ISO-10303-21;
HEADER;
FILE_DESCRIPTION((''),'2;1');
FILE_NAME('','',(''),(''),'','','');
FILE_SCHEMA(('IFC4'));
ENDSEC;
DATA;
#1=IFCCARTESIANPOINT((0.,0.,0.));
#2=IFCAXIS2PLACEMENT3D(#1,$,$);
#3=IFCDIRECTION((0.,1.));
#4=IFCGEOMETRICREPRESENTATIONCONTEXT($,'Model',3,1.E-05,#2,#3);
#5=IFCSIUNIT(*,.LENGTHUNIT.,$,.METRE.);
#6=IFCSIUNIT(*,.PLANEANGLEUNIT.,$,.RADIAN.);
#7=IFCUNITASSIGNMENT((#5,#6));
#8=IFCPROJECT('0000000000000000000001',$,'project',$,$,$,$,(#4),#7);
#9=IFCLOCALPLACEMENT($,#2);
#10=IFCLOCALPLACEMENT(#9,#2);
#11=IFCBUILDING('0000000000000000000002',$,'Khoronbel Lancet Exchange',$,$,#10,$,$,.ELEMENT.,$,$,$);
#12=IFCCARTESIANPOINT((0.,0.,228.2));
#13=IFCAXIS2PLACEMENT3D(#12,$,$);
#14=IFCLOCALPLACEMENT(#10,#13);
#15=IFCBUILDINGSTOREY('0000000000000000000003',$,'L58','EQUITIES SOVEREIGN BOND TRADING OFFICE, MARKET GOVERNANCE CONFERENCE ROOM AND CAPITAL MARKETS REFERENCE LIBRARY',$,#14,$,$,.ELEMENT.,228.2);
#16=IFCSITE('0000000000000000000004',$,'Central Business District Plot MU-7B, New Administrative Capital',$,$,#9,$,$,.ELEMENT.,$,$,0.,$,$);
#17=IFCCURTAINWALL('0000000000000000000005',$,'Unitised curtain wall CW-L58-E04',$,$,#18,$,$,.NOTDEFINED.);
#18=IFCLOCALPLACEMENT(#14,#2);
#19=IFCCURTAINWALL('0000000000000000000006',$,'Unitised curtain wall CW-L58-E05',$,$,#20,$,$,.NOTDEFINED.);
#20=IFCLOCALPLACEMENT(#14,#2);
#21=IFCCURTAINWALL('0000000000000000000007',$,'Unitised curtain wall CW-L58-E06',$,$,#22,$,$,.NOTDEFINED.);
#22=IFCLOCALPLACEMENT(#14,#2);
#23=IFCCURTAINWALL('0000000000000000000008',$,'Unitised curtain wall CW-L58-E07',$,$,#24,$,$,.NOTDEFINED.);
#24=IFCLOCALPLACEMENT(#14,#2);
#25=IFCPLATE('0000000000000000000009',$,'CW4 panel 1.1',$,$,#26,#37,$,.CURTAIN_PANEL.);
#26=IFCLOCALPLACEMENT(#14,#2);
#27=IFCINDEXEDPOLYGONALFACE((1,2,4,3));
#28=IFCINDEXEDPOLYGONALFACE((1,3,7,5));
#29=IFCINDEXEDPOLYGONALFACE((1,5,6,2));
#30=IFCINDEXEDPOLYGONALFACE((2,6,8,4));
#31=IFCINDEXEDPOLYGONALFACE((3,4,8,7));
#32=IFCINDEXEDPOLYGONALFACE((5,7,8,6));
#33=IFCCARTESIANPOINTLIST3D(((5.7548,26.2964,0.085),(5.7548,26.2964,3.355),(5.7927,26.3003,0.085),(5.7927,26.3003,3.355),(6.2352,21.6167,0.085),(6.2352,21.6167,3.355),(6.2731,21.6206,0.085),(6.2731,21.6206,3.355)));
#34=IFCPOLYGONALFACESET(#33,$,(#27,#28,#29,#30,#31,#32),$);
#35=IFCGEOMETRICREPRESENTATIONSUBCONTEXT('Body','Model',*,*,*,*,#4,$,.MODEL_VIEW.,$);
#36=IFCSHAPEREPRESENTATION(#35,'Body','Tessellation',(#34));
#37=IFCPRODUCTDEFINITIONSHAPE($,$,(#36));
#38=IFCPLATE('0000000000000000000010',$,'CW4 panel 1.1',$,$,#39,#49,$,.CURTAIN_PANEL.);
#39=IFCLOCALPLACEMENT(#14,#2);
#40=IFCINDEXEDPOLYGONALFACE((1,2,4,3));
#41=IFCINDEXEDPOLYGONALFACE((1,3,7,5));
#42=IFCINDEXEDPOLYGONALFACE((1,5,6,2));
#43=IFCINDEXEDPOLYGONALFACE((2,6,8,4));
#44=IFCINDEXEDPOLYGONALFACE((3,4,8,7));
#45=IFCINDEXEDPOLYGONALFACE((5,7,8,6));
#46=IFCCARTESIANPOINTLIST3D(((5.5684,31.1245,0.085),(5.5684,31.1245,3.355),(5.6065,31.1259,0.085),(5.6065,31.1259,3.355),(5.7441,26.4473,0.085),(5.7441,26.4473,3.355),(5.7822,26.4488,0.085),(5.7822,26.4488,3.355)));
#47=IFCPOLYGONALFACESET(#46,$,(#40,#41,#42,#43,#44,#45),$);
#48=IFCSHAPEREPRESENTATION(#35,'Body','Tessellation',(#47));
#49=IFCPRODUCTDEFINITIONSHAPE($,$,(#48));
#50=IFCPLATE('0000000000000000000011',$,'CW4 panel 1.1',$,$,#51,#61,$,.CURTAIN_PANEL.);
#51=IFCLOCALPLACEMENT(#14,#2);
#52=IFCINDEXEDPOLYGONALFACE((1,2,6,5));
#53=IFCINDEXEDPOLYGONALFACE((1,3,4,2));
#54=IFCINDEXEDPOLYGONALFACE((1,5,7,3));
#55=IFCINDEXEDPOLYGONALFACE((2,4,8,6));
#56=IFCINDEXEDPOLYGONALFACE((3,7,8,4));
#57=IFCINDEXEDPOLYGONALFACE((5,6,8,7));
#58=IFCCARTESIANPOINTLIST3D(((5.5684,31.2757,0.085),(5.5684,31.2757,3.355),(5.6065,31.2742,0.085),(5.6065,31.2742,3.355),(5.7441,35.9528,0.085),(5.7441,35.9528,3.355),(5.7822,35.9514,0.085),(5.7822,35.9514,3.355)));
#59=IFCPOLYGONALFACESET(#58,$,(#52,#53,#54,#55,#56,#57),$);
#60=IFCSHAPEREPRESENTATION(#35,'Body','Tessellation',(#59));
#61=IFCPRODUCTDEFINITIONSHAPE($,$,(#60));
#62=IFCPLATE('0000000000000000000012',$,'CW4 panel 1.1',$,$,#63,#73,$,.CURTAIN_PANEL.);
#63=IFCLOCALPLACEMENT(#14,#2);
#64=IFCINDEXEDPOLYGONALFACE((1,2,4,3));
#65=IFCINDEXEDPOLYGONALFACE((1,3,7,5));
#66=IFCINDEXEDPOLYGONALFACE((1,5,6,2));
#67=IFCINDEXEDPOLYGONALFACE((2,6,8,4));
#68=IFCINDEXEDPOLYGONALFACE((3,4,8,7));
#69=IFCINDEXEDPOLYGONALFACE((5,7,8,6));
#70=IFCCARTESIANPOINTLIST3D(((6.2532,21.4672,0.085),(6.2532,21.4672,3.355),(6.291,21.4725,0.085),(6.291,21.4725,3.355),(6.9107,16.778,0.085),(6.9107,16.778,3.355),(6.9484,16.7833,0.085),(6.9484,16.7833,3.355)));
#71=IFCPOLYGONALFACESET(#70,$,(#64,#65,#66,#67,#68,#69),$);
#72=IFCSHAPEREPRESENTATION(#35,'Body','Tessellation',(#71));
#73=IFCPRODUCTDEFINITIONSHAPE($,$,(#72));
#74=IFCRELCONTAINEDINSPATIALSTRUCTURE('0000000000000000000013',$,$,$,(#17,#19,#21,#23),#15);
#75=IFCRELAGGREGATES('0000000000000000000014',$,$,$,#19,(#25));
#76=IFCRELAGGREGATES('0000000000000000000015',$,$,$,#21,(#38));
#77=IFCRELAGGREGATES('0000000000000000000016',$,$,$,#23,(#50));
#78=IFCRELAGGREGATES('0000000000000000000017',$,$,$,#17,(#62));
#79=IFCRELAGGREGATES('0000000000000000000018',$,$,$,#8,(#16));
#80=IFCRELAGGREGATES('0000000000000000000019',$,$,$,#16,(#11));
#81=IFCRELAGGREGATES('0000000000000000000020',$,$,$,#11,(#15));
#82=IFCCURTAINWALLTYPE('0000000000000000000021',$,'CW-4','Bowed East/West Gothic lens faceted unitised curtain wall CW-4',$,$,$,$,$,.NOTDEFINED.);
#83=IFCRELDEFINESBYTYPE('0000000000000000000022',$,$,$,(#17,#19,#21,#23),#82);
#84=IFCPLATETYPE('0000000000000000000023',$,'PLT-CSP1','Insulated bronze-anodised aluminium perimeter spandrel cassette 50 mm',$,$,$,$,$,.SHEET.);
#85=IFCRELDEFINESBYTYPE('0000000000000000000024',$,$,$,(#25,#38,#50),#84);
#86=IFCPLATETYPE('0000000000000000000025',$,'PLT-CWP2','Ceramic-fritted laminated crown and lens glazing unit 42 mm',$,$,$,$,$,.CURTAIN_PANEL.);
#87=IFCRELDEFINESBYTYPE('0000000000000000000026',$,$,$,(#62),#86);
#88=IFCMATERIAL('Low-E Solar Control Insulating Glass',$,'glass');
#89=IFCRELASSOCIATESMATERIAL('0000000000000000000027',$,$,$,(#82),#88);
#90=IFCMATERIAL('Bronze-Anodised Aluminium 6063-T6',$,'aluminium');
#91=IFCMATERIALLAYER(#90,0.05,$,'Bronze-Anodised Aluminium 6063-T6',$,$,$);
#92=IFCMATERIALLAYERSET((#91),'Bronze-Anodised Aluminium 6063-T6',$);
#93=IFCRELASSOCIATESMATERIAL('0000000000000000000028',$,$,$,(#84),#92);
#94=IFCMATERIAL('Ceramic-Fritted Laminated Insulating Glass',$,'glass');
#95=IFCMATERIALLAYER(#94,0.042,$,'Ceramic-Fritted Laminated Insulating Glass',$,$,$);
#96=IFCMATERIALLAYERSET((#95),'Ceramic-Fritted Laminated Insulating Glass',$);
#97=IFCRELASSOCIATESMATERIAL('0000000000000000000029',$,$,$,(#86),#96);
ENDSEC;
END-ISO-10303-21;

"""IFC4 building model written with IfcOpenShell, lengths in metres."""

from ifc_helpers import new_model, si_unit, direction, frame, origin, origin_2d, place, context, subcontext, project, spatial, rectangle, extrude, material, layer, layer_set, type_object, element, aggregate, save


model = new_model("IFC4")

# Units and contexts
model_context = context("Model", 3, precision=1e-05, world=origin(), true_north=direction((0.0, 1.0)))
body_context = subcontext(model_context, "Body", "Model", "MODEL_VIEW")
ifc_project = project(units=[si_unit("LENGTHUNIT", "METRE"), si_unit("PLANEANGLEUNIT", "RADIAN")], contexts=[model_context])

# Site, building, storey
site_placement = place(None, origin())
site = spatial("IfcSite", under=ifc_project, at=site_placement, Name="Central Business District Plot MU-7B, New Administrative Capital", CompositionType="ELEMENT", RefElevation=0.0)
building_placement = place(site_placement, origin())
building = spatial("IfcBuilding", under=site, at=building_placement, Name="Khoronbel Lancet Exchange", CompositionType="ELEMENT")
storey_placement = place(building_placement, frame((0.0, 0.0, 228.2)))
storey = spatial("IfcBuildingStorey", under=building, at=storey_placement, Name="L58", Description="EQUITIES SOVEREIGN BOND TRADING OFFICE, MARKET GOVERNANCE CONFERENCE ROOM AND CAPITAL MARKETS REFERENCE LIBRARY", CompositionType="ELEMENT", Elevation=228.2)

# Curtain walls
ifc_material_1 = material(Name="Low-E Solar Control Insulating Glass", Category="glass")
curtain_wall_type = type_object("IfcCurtainWallType", Name="CW-4", Description="Bowed East/West Gothic lens faceted unitised curtain wall CW-4", PredefinedType="NOTDEFINED", material=ifc_material_1)
curtain_wall_1_placement = place(storey_placement, origin())
curtain_wall_1 = element("IfcCurtainWall", 1, at=curtain_wall_1_placement, inside=storey, type_object=curtain_wall_type, Name="Unitised curtain wall CW-L58-E04", PredefinedType="NOTDEFINED")
ifc_material_2 = material(Name="Bronze-Anodised Aluminium 6063-T6", Category="aluminium")
curtain_wall_2_placement = place(storey_placement, origin())
curtain_wall_2 = element("IfcCurtainWall", 2, at=curtain_wall_2_placement, inside=storey, type_object=curtain_wall_type, Name="Unitised curtain wall CW-L58-E05", PredefinedType="NOTDEFINED")
curtain_wall_3_placement = place(storey_placement, origin())
curtain_wall_3 = element("IfcCurtainWall", 3, at=curtain_wall_3_placement, inside=storey, type_object=curtain_wall_type, Name="Unitised curtain wall CW-L58-E06", PredefinedType="NOTDEFINED")

# Curtain wall
curtain_wall_4_placement = place(storey_placement, origin())
curtain_wall_4 = element("IfcCurtainWall", 4, at=curtain_wall_4_placement, inside=storey, type_object=curtain_wall_type, Name="Unitised curtain wall CW-L58-E07", PredefinedType="NOTDEFINED")

# Plates
ifc_layer_1 = layer(ifc_material_2, 0.05, Name="Bronze-Anodised Aluminium 6063-T6")
ifc_layer_set_1 = layer_set([ifc_layer_1], Name="Bronze-Anodised Aluminium 6063-T6")
plate_type_1 = type_object("IfcPlateType", Name="PLT-CSP1", Description="Insulated bronze-anodised aluminium perimeter spandrel cassette 50 mm", PredefinedType="SHEET", material=ifc_layer_set_1)
plate_1_placement = place(storey_placement, frame((6.0139, 23.9585, 0.085), z_axis=(0.0, 0.0, 1.0), x_axis=(-0.102116, 0.994772, 0.0)))
plate_1 = element("IfcPlate", 5, at=plate_1_placement, type_object=plate_type_1, Name="CW4 panel 1.1", PredefinedType="CURTAIN_PANEL", context=body_context, shape_type="SweptSolid", body=[
    extrude(rectangle(XDim=4.7043, YDim=0.0381, at=origin_2d()), origin(), (0.0, 0.0, 1.0), 3.27),
])
aggregate(curtain_wall_2, [plate_1])
plate_2_placement = place(storey_placement, frame((5.6753, 28.7866, 0.085), z_axis=(0.0, 0.0, 1.0), x_axis=(-0.037533, 0.999295, 0.0)))
plate_2 = element("IfcPlate", 6, at=plate_2_placement, type_object=plate_type_1, Name="CW4 panel 1.1", PredefinedType="CURTAIN_PANEL", context=body_context, shape_type="SweptSolid", body=[
    extrude(rectangle(XDim=4.6804, YDim=0.0381, at=origin_2d()), origin(), (0.0, 0.0, 1.0), 3.27),
])
aggregate(curtain_wall_3, [plate_2])
plate_3_placement = place(storey_placement, frame((5.6753, 33.6135, 0.085), z_axis=(0.0, 0.0, 1.0), x_axis=(0.037533, 0.999295, 0.0)))
plate_3 = element("IfcPlate", 7, at=plate_3_placement, type_object=plate_type_1, Name="CW4 panel 1.1", PredefinedType="CURTAIN_PANEL", context=body_context, shape_type="SweptSolid", body=[
    extrude(rectangle(XDim=4.6804, YDim=0.0381, at=origin_2d()), origin(), (0.0, 0.0, 1.0), 3.27),
])
aggregate(curtain_wall_4, [plate_3])
ifc_material_3 = material(Name="Ceramic-Fritted Laminated Insulating Glass", Category="glass")
ifc_layer_2 = layer(ifc_material_3, 0.042, Name="Ceramic-Fritted Laminated Insulating Glass")
ifc_layer_set_2 = layer_set([ifc_layer_2], Name="Ceramic-Fritted Laminated Insulating Glass")
plate_type_2 = type_object("IfcPlateType", Name="PLT-CWP2", Description="Ceramic-fritted laminated crown and lens glazing unit 42 mm", PredefinedType="CURTAIN_PANEL", material=ifc_layer_set_2)
plate_4_placement = place(storey_placement, frame((6.6008, 19.1252, 0.085), z_axis=(0.0, 0.0, 1.0), x_axis=(-0.13885, 0.990313, 0.0)))
plate_4 = element("IfcPlate", 8, at=plate_4_placement, type_object=plate_type_2, Name="CW4 panel 1.1", PredefinedType="CURTAIN_PANEL", context=body_context, shape_type="SweptSolid", body=[
    extrude(rectangle(XDim=4.7351, YDim=0.0381, at=origin_2d()), origin(), (0.0, 0.0, 1.0), 3.27),
])
aggregate(curtain_wall_1, [plate_4])

save(model, "model.ifc")
